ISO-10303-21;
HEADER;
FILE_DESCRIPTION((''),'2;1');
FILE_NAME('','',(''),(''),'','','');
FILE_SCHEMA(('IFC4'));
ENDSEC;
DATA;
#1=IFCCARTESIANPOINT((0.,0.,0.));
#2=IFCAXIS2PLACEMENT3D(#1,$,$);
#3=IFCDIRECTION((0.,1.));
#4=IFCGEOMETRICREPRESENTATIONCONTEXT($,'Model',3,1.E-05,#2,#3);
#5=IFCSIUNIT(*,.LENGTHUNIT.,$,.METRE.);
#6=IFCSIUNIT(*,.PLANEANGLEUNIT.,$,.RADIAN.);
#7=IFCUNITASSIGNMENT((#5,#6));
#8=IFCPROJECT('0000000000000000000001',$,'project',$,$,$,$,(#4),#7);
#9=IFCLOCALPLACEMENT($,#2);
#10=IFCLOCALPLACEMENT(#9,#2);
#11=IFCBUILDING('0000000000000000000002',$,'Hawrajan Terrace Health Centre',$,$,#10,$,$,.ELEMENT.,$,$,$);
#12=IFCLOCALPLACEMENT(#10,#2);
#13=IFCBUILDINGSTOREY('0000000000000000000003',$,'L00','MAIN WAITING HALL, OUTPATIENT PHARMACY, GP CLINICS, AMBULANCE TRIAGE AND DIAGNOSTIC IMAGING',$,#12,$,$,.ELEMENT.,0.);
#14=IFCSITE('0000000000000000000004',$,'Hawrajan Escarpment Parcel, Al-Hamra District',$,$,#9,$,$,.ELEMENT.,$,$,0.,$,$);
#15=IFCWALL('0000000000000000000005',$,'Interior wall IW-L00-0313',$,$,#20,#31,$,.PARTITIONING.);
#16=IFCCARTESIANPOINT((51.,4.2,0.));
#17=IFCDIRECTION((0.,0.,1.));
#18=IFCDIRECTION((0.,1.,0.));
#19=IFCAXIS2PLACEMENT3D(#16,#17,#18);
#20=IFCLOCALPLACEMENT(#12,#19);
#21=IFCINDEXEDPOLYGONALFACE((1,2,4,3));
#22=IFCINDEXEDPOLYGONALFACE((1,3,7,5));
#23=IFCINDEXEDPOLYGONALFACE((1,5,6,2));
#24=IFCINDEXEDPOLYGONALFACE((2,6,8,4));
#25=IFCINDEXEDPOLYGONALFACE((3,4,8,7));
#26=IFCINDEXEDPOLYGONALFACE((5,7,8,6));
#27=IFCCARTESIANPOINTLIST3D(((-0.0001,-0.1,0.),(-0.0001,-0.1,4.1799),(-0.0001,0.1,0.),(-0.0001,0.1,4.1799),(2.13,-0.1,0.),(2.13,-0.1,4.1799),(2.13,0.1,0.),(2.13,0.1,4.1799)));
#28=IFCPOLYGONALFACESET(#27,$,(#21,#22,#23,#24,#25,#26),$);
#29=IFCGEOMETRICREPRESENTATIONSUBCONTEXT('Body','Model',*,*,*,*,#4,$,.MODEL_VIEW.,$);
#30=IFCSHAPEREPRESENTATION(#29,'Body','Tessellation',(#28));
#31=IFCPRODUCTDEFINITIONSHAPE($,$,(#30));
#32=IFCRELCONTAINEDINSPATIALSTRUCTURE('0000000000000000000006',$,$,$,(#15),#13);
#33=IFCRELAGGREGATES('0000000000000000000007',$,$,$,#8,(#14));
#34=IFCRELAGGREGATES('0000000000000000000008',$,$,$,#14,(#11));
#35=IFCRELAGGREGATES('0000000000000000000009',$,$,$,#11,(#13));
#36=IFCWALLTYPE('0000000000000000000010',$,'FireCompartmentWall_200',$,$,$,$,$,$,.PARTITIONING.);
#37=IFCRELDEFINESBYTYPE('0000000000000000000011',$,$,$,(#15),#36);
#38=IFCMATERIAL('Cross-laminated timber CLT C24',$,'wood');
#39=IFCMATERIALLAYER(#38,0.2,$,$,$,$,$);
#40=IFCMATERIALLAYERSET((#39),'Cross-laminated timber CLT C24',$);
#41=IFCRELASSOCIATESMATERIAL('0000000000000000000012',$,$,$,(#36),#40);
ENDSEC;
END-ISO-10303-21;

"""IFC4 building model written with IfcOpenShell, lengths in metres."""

from ifc_helpers import new_model, si_unit, direction, frame, frame_2d, origin, place, context, subcontext, project, spatial, rectangle, extrude, material, layer, layer_set, type_object, element, save


model = new_model("IFC4")

# Units and contexts
model_context = context("Model", 3, precision=1e-05, world=origin(), true_north=direction((0.0, 1.0)))
body_context = subcontext(model_context, "Body", "Model", "MODEL_VIEW")
ifc_project = project(units=[si_unit("LENGTHUNIT", "METRE"), si_unit("PLANEANGLEUNIT", "RADIAN")], contexts=[model_context])

# Site, building, storey
site_placement = place(None, origin())
site = spatial("IfcSite", under=ifc_project, at=site_placement, Name="Hawrajan Escarpment Parcel, Al-Hamra District", CompositionType="ELEMENT", RefElevation=0.0)
building_placement = place(site_placement, origin())
building = spatial("IfcBuilding", under=site, at=building_placement, Name="Hawrajan Terrace Health Centre", CompositionType="ELEMENT")
storey_placement = place(building_placement, origin())
storey = spatial("IfcBuildingStorey", under=building, at=storey_placement, Name="L00", Description="MAIN WAITING HALL, OUTPATIENT PHARMACY, GP CLINICS, AMBULANCE TRIAGE AND DIAGNOSTIC IMAGING", CompositionType="ELEMENT", Elevation=0.0)

# Wall
ifc_material_1 = material(Name="Cross-laminated timber CLT C24", Category="wood")
ifc_layer_1 = layer(ifc_material_1, 0.2)
ifc_layer_set_1 = layer_set([ifc_layer_1], Name="Cross-laminated timber CLT C24")
wall_type_1 = type_object("IfcWallType", Name="FireCompartmentWall_200", PredefinedType="PARTITIONING", material=ifc_layer_set_1)
wall_1_placement = place(storey_placement, frame((51.0, 4.2, 0.0), z_axis=(0.0, 0.0, 1.0), x_axis=(0.0, 1.0, 0.0)))
element("IfcWall", 1, at=wall_1_placement, inside=storey, type_object=wall_type_1, Name="Interior wall IW-L00-0313", PredefinedType="PARTITIONING", context=body_context, shape_type="SweptSolid", body=[
    extrude(rectangle(XDim=2.1301, YDim=0.2, at=frame_2d((1.0649, 0.0))), origin(), (0.0, 0.0, 1.0), 4.1799),
])

save(model, "model.ifc")
